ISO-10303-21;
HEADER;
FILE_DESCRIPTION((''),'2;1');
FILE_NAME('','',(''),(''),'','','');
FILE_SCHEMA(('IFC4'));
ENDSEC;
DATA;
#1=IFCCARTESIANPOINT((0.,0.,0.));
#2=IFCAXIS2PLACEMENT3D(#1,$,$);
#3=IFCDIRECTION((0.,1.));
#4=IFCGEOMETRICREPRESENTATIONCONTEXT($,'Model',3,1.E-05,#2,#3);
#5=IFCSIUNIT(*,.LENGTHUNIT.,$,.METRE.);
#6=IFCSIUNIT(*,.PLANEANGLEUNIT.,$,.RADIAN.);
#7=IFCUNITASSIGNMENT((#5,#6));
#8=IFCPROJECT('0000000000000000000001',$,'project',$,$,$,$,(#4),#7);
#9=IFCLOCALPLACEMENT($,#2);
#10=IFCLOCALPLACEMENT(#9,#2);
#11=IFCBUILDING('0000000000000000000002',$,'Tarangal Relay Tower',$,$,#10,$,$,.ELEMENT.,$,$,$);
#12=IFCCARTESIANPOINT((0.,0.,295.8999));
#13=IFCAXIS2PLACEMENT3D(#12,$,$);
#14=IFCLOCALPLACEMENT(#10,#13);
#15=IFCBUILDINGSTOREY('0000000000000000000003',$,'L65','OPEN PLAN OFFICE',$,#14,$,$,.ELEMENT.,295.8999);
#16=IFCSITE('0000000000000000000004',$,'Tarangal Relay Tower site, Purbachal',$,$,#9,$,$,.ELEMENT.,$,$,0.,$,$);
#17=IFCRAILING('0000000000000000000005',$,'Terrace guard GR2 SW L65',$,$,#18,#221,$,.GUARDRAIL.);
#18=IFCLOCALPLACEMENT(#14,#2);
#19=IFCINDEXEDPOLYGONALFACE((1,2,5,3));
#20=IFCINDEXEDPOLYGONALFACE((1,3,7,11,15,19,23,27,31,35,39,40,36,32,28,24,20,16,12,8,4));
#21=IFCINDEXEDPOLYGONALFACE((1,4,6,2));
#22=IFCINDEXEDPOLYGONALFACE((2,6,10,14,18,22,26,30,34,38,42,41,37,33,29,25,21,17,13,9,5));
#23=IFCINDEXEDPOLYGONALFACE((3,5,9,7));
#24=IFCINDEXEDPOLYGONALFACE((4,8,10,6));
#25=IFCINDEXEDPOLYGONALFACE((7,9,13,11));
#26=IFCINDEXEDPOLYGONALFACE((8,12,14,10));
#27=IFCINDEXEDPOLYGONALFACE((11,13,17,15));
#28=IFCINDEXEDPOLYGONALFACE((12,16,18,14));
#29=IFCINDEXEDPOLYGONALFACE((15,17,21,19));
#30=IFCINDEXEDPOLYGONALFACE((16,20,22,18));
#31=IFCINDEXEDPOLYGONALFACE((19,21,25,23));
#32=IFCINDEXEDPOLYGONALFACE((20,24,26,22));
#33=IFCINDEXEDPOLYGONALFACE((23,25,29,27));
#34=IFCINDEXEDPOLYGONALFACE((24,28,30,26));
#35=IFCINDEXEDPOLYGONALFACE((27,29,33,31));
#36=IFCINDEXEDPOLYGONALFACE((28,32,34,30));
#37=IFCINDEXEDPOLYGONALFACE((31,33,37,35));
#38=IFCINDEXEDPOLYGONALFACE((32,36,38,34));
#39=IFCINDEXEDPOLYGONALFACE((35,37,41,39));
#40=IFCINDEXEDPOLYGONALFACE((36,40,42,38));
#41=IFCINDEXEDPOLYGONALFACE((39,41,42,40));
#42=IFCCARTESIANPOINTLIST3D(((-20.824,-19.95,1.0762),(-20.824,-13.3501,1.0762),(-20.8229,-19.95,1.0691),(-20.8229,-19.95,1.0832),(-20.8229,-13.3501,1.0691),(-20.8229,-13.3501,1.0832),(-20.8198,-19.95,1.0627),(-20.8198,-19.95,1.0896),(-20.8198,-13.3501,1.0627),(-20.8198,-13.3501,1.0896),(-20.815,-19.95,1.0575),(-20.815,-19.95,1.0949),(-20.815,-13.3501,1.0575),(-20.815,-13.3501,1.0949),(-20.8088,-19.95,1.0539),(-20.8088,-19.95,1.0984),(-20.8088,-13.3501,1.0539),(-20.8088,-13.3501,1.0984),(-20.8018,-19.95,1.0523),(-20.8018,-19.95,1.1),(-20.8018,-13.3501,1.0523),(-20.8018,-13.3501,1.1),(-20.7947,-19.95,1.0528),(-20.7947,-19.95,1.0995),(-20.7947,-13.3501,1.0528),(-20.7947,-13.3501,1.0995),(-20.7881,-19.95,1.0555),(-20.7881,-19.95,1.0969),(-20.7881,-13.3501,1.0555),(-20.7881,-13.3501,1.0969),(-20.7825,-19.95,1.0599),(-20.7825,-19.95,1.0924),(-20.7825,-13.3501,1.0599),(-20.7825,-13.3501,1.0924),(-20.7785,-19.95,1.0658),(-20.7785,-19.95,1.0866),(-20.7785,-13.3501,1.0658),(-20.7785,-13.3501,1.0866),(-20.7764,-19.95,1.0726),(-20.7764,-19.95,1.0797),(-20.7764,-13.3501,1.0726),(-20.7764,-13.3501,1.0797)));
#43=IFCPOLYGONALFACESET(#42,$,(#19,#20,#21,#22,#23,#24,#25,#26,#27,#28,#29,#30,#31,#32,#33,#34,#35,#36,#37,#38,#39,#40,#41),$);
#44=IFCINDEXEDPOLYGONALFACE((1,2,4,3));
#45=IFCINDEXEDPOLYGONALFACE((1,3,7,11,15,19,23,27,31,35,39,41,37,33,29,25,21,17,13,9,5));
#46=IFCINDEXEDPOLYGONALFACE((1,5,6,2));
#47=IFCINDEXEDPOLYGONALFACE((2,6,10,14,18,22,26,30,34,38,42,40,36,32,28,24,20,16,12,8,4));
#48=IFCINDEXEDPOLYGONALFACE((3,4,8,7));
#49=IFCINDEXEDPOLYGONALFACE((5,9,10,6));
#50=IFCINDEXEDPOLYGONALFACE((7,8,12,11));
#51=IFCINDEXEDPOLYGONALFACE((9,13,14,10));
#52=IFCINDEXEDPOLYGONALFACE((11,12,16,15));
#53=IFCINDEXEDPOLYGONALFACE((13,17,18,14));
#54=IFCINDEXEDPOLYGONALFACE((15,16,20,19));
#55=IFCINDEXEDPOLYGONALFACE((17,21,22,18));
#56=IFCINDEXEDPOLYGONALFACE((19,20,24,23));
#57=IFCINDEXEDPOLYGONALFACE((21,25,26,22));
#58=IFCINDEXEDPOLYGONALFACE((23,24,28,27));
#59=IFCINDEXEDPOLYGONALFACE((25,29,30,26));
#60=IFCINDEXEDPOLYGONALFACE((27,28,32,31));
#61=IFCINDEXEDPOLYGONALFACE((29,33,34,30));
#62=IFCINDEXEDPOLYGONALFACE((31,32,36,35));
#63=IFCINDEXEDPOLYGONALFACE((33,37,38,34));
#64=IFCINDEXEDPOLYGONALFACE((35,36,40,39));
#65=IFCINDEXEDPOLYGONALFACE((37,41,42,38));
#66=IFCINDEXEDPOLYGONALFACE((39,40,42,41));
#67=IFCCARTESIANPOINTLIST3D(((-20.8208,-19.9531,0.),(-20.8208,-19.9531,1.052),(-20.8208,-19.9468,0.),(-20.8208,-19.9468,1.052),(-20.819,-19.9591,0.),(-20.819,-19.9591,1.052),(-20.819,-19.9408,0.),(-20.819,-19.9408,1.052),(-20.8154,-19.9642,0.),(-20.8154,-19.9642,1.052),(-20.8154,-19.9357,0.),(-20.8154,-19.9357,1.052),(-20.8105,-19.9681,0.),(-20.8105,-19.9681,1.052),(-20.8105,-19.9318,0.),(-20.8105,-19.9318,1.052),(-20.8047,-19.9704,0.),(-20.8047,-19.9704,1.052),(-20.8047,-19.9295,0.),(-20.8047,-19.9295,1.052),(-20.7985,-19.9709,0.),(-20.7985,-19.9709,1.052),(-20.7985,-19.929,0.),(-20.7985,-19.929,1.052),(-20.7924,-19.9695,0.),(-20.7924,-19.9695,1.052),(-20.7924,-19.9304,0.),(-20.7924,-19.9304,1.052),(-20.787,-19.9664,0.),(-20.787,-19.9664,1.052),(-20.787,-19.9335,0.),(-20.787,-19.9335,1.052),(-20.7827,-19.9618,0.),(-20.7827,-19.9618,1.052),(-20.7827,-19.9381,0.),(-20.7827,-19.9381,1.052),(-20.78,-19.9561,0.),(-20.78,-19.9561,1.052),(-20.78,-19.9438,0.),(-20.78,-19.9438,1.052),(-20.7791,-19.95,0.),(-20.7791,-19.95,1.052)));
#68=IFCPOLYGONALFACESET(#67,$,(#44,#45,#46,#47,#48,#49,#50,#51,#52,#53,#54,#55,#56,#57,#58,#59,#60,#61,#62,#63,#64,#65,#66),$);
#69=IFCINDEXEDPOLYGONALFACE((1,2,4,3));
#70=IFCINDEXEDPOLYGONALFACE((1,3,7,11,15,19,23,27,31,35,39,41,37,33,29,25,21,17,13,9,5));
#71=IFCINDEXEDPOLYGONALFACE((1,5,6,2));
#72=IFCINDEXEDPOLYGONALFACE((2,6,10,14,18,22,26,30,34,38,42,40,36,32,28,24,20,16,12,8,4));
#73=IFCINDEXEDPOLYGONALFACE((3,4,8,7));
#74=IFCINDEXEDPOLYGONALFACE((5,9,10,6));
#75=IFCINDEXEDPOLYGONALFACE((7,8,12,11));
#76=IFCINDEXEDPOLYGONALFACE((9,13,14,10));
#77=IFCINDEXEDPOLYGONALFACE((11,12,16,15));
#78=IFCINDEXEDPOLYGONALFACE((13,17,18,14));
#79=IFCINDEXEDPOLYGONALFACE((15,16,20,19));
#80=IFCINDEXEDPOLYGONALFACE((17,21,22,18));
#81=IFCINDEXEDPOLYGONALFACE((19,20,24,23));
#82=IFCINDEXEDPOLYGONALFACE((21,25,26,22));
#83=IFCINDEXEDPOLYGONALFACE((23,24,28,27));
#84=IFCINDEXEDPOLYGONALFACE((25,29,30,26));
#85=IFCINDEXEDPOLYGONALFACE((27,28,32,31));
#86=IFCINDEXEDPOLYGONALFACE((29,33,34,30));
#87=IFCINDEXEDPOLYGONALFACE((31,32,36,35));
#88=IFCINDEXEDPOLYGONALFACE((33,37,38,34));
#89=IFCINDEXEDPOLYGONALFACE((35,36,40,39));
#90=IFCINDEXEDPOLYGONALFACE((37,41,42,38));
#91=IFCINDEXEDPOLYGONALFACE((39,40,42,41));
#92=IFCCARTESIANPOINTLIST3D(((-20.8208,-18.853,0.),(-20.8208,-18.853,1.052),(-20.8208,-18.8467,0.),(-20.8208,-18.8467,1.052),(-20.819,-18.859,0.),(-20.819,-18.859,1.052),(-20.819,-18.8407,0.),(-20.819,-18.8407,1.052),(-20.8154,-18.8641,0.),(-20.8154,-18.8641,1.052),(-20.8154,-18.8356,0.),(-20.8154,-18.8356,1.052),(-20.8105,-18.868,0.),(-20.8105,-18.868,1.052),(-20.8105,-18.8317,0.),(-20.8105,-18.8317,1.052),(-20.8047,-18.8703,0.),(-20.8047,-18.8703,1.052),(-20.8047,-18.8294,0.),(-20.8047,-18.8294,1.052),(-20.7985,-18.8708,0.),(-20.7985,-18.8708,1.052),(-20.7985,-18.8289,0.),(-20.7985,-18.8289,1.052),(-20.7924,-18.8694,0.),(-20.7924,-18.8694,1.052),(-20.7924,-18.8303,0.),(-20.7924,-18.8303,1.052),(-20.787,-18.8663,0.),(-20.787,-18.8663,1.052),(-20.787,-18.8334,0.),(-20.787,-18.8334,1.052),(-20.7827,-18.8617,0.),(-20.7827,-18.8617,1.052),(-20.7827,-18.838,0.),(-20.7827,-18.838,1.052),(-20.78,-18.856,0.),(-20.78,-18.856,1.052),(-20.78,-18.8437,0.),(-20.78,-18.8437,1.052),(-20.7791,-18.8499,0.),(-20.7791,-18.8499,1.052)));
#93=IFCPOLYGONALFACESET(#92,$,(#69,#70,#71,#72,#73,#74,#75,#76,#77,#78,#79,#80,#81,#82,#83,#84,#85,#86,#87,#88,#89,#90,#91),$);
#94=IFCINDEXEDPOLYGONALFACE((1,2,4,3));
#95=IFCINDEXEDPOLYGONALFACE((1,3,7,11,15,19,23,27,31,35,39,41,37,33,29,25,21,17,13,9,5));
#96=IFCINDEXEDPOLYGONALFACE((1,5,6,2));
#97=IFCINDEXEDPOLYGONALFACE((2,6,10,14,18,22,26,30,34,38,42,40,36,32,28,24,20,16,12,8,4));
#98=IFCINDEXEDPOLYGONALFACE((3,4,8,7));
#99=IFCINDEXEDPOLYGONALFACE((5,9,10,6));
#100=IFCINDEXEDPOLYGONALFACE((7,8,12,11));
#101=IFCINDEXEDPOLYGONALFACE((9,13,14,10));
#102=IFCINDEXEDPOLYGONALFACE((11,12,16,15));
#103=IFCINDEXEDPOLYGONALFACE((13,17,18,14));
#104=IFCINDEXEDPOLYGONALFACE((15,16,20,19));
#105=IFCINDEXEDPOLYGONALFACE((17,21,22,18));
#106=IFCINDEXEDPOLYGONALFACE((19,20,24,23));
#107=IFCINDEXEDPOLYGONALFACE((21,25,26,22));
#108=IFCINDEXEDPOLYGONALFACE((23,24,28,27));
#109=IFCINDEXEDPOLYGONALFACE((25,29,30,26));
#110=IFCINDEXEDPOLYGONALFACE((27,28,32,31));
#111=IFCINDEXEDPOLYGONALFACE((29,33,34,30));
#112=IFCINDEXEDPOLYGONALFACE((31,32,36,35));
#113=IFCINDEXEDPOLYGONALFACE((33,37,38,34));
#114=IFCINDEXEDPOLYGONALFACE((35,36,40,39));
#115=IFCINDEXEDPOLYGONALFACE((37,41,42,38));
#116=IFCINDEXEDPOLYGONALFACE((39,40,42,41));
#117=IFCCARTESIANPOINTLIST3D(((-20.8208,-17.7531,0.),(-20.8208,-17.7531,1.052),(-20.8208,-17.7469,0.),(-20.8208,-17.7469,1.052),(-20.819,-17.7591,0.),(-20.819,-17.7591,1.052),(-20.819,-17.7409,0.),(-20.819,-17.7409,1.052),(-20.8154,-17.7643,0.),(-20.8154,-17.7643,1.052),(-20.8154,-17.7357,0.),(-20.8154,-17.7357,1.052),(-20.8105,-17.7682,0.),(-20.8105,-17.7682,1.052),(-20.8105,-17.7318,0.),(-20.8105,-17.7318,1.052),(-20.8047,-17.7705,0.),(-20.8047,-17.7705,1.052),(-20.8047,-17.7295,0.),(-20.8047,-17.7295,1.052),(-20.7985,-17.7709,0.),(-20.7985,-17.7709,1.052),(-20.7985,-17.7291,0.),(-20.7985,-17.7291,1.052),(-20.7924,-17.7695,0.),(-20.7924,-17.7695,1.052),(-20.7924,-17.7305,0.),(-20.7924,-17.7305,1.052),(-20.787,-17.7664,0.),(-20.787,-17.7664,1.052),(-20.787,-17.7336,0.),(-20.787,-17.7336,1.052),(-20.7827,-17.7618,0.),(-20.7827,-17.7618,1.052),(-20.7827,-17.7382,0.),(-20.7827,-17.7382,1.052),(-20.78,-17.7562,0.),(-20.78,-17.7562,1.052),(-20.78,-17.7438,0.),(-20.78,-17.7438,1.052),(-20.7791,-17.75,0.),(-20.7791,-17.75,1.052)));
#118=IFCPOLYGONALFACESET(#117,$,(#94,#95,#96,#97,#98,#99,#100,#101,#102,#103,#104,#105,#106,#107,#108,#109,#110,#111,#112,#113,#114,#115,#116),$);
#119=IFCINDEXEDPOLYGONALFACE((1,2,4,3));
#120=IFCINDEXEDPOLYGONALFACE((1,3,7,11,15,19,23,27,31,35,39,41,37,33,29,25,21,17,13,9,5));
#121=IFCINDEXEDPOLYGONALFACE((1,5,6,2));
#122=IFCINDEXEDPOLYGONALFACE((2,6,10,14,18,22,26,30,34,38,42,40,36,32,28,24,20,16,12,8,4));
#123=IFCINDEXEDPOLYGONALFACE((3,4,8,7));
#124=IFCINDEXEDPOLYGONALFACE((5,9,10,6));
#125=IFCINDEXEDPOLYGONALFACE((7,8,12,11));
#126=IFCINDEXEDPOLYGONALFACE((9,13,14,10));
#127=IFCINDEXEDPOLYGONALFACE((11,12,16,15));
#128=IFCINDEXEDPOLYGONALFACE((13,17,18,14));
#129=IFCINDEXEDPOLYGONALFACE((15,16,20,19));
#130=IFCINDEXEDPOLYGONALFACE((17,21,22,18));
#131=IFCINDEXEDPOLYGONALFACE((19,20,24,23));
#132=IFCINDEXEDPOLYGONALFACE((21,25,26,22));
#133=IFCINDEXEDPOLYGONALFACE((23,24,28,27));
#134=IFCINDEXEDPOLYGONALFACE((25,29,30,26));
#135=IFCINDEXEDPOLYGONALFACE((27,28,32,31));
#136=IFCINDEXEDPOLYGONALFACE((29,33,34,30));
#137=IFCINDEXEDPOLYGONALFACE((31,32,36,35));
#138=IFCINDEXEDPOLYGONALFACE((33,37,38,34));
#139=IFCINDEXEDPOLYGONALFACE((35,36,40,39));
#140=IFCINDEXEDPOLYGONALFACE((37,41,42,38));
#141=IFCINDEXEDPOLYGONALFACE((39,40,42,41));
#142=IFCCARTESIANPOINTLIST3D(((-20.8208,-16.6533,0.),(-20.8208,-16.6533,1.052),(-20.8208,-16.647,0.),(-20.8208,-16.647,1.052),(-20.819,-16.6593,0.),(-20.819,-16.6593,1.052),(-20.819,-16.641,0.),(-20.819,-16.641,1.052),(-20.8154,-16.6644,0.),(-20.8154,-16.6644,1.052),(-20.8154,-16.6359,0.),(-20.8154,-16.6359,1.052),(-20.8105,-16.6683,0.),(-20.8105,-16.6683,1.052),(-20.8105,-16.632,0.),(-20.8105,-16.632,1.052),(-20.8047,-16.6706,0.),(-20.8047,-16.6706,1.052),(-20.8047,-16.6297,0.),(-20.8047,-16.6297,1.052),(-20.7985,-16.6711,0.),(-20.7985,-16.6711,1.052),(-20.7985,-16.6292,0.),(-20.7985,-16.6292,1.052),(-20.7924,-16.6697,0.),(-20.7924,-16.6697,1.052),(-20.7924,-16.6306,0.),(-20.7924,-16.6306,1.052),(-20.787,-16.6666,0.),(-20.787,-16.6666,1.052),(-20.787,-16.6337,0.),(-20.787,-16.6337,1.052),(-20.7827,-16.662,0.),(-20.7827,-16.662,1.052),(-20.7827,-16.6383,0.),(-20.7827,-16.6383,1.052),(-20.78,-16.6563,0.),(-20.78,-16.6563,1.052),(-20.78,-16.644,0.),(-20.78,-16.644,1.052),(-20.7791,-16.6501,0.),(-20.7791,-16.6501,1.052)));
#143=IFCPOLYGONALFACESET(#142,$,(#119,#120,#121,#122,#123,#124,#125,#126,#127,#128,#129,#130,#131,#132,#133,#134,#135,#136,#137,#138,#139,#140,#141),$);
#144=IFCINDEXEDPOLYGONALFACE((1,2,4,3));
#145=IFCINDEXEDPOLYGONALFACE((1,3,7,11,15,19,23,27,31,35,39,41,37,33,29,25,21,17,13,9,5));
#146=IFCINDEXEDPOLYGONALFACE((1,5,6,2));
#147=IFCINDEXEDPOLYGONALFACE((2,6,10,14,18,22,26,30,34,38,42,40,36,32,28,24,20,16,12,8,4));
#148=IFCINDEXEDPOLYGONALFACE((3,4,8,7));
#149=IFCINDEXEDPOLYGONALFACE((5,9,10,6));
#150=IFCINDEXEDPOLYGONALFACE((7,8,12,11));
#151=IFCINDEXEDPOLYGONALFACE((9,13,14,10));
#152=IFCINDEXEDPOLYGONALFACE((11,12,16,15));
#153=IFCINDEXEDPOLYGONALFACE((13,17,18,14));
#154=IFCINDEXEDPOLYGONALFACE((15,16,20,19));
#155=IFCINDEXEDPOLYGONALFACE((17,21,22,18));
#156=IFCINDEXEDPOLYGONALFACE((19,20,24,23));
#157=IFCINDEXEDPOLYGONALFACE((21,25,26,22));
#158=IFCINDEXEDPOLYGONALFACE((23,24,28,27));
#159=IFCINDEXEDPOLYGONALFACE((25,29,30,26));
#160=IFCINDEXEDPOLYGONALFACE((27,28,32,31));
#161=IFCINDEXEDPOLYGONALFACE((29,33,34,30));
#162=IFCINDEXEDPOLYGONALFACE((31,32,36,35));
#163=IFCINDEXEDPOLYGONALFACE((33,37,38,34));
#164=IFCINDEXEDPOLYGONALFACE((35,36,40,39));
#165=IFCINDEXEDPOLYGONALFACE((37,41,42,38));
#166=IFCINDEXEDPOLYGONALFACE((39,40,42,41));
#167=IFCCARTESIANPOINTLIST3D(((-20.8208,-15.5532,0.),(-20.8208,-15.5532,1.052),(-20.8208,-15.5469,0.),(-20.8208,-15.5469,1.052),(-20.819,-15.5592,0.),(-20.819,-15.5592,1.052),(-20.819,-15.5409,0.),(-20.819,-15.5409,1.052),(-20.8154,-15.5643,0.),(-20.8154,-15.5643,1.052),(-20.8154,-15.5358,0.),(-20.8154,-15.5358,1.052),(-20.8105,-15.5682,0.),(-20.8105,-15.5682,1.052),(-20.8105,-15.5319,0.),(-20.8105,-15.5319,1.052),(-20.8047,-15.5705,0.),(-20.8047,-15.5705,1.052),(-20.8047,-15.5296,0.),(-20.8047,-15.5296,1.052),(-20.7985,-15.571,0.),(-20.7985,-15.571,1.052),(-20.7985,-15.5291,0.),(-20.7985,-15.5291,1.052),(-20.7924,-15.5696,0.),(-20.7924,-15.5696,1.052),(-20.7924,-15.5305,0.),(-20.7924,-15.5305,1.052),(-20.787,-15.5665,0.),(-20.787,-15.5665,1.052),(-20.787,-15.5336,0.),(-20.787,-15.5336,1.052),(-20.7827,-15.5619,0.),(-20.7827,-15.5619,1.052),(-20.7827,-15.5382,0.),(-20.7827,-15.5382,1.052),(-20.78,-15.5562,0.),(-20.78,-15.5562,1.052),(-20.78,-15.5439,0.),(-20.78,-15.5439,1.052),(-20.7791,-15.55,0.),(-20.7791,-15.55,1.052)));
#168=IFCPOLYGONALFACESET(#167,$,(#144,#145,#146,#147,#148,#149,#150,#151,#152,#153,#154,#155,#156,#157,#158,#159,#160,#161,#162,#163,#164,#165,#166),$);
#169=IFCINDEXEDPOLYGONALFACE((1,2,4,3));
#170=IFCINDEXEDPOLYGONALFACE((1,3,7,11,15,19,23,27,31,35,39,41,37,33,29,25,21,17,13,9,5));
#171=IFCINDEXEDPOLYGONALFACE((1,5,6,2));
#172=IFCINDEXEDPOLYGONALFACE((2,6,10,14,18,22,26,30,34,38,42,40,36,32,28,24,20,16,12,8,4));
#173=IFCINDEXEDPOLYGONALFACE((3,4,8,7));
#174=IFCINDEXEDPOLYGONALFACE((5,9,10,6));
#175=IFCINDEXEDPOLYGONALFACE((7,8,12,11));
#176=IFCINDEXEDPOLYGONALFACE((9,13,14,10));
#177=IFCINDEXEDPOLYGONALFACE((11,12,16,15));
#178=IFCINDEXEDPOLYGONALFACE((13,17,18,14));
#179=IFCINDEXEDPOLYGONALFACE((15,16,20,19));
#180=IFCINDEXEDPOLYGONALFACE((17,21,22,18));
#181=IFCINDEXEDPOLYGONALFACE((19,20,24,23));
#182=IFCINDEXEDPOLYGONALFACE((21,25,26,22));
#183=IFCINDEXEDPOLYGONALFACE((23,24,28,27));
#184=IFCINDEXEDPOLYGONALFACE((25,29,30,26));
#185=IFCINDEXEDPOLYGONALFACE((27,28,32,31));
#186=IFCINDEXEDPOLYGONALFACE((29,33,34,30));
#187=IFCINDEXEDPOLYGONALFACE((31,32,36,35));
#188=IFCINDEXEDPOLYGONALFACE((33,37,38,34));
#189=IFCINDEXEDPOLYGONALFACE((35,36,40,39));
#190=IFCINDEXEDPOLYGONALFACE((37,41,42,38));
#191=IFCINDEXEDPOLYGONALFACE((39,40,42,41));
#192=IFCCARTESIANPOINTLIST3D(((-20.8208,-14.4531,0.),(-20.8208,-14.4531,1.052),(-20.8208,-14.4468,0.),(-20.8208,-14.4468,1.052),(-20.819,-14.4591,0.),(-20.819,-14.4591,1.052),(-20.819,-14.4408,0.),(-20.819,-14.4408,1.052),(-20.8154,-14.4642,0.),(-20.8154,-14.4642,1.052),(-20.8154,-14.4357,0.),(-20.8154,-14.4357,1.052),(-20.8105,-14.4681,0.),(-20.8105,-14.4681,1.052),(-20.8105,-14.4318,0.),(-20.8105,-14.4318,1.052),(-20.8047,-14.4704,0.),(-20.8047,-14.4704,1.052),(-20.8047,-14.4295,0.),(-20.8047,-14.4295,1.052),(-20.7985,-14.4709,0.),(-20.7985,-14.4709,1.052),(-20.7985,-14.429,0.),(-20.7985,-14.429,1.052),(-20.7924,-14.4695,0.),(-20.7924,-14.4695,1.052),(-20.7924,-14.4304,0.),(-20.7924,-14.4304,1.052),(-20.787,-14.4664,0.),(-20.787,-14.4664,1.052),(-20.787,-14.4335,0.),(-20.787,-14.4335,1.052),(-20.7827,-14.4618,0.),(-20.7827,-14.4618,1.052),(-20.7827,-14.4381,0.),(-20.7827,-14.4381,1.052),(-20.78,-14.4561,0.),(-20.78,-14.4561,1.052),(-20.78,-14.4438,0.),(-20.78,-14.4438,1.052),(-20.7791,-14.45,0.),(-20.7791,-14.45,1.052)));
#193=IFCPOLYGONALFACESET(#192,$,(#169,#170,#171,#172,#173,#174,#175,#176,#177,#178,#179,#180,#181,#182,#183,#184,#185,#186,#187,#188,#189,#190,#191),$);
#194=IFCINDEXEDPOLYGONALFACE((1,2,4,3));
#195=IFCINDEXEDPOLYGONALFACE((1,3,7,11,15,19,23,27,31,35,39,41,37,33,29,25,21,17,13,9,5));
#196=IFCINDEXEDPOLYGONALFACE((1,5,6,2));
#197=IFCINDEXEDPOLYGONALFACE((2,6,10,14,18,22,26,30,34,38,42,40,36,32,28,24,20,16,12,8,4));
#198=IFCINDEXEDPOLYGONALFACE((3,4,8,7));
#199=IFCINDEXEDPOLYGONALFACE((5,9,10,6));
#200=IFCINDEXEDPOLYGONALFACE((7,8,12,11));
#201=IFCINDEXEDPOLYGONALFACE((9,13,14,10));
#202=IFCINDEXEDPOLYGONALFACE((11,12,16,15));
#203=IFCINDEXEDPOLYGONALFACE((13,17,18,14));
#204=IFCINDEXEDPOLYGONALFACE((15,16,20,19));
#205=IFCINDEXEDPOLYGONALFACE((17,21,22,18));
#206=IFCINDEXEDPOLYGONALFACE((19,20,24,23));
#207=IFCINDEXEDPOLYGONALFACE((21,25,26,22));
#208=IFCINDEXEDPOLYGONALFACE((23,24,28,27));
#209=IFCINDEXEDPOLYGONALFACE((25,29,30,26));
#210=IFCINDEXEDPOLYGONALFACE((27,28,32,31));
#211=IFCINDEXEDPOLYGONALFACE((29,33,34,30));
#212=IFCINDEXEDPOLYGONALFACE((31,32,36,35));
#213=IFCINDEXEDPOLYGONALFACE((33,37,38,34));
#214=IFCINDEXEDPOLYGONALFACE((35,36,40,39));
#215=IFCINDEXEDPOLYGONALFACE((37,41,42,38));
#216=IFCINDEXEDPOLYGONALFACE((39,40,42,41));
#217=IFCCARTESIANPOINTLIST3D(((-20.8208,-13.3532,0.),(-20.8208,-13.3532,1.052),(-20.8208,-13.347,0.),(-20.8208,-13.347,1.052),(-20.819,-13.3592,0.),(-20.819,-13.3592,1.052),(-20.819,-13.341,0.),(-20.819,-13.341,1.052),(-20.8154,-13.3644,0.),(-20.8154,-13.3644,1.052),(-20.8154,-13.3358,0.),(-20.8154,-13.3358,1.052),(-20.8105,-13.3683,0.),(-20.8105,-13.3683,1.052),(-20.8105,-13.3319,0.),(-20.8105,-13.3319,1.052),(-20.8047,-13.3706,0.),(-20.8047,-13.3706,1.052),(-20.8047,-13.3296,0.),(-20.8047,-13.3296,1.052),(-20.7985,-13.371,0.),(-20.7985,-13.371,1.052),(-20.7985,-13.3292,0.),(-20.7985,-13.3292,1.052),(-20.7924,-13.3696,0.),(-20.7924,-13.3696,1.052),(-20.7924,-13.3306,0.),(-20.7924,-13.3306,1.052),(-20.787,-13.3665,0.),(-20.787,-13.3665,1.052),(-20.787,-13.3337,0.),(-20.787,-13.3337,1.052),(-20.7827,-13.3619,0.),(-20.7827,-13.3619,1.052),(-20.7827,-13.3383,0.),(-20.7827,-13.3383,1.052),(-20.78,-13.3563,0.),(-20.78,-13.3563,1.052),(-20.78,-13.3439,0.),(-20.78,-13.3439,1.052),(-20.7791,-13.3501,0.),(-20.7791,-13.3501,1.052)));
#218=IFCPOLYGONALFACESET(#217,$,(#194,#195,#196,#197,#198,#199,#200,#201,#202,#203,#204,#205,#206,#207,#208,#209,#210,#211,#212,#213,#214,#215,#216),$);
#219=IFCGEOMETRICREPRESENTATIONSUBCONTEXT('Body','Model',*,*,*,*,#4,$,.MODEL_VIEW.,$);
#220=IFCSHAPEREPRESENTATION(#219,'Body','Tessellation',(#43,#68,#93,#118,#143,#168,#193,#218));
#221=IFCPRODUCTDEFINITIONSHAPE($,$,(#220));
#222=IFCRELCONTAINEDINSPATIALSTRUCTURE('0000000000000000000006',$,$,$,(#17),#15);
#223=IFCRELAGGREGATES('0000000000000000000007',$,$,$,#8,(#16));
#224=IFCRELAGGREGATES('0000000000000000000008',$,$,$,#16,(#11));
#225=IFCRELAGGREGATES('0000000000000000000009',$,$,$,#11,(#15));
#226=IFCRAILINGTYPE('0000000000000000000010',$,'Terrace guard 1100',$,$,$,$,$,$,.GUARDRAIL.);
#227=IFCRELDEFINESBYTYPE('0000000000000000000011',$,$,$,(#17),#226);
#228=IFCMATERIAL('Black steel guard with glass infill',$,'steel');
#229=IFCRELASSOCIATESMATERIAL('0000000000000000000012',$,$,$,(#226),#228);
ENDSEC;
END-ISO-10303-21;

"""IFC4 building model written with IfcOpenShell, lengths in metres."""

from ifc_helpers import new_model, si_unit, direction, frame, origin, origin_2d, place, context, subcontext, project, spatial, circle, extrude, material, type_object, element, save


model = new_model("IFC4")

# Units and contexts
model_context = context("Model", 3, precision=1e-05, world=origin(), true_north=direction((0.0, 1.0)))
body_context = subcontext(model_context, "Body", "Model", "MODEL_VIEW")
ifc_project = project(units=[si_unit("LENGTHUNIT", "METRE"), si_unit("PLANEANGLEUNIT", "RADIAN")], contexts=[model_context])

# Site, building, storey
site_placement = place(None, origin())
site = spatial("IfcSite", under=ifc_project, at=site_placement, Name="Tarangal Relay Tower site, Purbachal", CompositionType="ELEMENT", RefElevation=0.0)
building_placement = place(site_placement, origin())
building = spatial("IfcBuilding", under=site, at=building_placement, Name="Tarangal Relay Tower", CompositionType="ELEMENT")
storey_placement = place(building_placement, frame((0.0, 0.0, 295.8999)))
storey = spatial("IfcBuildingStorey", under=building, at=storey_placement, Name="L65", Description="OPEN PLAN OFFICE", CompositionType="ELEMENT", Elevation=295.8999)

# Railing
ifc_material_1 = material(Name="Black steel guard with glass infill", Category="steel")
railing_type = type_object("IfcRailingType", Name="Terrace guard 1100", PredefinedType="GUARDRAIL", material=ifc_material_1)
railing_1_placement = place(storey_placement, frame((-20.8, -19.95, 0.0)))
element("IfcRailing", 1, at=railing_1_placement, inside=storey, type_object=railing_type, Name="Terrace guard GR2 SW L65", PredefinedType="GUARDRAIL", context=body_context, shape_type="SweptSolid", body=[
    extrude(circle(Radius=0.0239, at=origin_2d()), frame((0.0, 0.0, 1.0762), z_axis=(0.0, 1.0, 0.0), x_axis=(-1.0, 0.0, 0.0)), (0.0, 0.0, 1.0), 6.5999),
    extrude(circle(Radius=0.021, at=origin_2d()), origin(), (0.0, 0.0, 1.0), 1.052),
    extrude(circle(Radius=0.021, at=origin_2d()), frame((0.0, 1.1001, 0.0)), (0.0, 0.0, 1.0), 1.052),
    extrude(circle(Radius=0.021, at=origin_2d()), frame((0.0, 2.2, 0.0)), (0.0, 0.0, 1.0), 1.052),
    extrude(circle(Radius=0.021, at=origin_2d()), frame((0.0, 3.2998, 0.0)), (0.0, 0.0, 1.0), 1.052),
    extrude(circle(Radius=0.021, at=origin_2d()), frame((0.0, 4.3999, 0.0)), (0.0, 0.0, 1.0), 1.052),
    extrude(circle(Radius=0.021, at=origin_2d()), frame((0.0, 5.5, 0.0)), (0.0, 0.0, 1.0), 1.052),
    extrude(circle(Radius=0.021, at=origin_2d()), frame((0.0, 6.5999, 0.0)), (0.0, 0.0, 1.0), 1.052),
])

save(model, "model.ifc")
